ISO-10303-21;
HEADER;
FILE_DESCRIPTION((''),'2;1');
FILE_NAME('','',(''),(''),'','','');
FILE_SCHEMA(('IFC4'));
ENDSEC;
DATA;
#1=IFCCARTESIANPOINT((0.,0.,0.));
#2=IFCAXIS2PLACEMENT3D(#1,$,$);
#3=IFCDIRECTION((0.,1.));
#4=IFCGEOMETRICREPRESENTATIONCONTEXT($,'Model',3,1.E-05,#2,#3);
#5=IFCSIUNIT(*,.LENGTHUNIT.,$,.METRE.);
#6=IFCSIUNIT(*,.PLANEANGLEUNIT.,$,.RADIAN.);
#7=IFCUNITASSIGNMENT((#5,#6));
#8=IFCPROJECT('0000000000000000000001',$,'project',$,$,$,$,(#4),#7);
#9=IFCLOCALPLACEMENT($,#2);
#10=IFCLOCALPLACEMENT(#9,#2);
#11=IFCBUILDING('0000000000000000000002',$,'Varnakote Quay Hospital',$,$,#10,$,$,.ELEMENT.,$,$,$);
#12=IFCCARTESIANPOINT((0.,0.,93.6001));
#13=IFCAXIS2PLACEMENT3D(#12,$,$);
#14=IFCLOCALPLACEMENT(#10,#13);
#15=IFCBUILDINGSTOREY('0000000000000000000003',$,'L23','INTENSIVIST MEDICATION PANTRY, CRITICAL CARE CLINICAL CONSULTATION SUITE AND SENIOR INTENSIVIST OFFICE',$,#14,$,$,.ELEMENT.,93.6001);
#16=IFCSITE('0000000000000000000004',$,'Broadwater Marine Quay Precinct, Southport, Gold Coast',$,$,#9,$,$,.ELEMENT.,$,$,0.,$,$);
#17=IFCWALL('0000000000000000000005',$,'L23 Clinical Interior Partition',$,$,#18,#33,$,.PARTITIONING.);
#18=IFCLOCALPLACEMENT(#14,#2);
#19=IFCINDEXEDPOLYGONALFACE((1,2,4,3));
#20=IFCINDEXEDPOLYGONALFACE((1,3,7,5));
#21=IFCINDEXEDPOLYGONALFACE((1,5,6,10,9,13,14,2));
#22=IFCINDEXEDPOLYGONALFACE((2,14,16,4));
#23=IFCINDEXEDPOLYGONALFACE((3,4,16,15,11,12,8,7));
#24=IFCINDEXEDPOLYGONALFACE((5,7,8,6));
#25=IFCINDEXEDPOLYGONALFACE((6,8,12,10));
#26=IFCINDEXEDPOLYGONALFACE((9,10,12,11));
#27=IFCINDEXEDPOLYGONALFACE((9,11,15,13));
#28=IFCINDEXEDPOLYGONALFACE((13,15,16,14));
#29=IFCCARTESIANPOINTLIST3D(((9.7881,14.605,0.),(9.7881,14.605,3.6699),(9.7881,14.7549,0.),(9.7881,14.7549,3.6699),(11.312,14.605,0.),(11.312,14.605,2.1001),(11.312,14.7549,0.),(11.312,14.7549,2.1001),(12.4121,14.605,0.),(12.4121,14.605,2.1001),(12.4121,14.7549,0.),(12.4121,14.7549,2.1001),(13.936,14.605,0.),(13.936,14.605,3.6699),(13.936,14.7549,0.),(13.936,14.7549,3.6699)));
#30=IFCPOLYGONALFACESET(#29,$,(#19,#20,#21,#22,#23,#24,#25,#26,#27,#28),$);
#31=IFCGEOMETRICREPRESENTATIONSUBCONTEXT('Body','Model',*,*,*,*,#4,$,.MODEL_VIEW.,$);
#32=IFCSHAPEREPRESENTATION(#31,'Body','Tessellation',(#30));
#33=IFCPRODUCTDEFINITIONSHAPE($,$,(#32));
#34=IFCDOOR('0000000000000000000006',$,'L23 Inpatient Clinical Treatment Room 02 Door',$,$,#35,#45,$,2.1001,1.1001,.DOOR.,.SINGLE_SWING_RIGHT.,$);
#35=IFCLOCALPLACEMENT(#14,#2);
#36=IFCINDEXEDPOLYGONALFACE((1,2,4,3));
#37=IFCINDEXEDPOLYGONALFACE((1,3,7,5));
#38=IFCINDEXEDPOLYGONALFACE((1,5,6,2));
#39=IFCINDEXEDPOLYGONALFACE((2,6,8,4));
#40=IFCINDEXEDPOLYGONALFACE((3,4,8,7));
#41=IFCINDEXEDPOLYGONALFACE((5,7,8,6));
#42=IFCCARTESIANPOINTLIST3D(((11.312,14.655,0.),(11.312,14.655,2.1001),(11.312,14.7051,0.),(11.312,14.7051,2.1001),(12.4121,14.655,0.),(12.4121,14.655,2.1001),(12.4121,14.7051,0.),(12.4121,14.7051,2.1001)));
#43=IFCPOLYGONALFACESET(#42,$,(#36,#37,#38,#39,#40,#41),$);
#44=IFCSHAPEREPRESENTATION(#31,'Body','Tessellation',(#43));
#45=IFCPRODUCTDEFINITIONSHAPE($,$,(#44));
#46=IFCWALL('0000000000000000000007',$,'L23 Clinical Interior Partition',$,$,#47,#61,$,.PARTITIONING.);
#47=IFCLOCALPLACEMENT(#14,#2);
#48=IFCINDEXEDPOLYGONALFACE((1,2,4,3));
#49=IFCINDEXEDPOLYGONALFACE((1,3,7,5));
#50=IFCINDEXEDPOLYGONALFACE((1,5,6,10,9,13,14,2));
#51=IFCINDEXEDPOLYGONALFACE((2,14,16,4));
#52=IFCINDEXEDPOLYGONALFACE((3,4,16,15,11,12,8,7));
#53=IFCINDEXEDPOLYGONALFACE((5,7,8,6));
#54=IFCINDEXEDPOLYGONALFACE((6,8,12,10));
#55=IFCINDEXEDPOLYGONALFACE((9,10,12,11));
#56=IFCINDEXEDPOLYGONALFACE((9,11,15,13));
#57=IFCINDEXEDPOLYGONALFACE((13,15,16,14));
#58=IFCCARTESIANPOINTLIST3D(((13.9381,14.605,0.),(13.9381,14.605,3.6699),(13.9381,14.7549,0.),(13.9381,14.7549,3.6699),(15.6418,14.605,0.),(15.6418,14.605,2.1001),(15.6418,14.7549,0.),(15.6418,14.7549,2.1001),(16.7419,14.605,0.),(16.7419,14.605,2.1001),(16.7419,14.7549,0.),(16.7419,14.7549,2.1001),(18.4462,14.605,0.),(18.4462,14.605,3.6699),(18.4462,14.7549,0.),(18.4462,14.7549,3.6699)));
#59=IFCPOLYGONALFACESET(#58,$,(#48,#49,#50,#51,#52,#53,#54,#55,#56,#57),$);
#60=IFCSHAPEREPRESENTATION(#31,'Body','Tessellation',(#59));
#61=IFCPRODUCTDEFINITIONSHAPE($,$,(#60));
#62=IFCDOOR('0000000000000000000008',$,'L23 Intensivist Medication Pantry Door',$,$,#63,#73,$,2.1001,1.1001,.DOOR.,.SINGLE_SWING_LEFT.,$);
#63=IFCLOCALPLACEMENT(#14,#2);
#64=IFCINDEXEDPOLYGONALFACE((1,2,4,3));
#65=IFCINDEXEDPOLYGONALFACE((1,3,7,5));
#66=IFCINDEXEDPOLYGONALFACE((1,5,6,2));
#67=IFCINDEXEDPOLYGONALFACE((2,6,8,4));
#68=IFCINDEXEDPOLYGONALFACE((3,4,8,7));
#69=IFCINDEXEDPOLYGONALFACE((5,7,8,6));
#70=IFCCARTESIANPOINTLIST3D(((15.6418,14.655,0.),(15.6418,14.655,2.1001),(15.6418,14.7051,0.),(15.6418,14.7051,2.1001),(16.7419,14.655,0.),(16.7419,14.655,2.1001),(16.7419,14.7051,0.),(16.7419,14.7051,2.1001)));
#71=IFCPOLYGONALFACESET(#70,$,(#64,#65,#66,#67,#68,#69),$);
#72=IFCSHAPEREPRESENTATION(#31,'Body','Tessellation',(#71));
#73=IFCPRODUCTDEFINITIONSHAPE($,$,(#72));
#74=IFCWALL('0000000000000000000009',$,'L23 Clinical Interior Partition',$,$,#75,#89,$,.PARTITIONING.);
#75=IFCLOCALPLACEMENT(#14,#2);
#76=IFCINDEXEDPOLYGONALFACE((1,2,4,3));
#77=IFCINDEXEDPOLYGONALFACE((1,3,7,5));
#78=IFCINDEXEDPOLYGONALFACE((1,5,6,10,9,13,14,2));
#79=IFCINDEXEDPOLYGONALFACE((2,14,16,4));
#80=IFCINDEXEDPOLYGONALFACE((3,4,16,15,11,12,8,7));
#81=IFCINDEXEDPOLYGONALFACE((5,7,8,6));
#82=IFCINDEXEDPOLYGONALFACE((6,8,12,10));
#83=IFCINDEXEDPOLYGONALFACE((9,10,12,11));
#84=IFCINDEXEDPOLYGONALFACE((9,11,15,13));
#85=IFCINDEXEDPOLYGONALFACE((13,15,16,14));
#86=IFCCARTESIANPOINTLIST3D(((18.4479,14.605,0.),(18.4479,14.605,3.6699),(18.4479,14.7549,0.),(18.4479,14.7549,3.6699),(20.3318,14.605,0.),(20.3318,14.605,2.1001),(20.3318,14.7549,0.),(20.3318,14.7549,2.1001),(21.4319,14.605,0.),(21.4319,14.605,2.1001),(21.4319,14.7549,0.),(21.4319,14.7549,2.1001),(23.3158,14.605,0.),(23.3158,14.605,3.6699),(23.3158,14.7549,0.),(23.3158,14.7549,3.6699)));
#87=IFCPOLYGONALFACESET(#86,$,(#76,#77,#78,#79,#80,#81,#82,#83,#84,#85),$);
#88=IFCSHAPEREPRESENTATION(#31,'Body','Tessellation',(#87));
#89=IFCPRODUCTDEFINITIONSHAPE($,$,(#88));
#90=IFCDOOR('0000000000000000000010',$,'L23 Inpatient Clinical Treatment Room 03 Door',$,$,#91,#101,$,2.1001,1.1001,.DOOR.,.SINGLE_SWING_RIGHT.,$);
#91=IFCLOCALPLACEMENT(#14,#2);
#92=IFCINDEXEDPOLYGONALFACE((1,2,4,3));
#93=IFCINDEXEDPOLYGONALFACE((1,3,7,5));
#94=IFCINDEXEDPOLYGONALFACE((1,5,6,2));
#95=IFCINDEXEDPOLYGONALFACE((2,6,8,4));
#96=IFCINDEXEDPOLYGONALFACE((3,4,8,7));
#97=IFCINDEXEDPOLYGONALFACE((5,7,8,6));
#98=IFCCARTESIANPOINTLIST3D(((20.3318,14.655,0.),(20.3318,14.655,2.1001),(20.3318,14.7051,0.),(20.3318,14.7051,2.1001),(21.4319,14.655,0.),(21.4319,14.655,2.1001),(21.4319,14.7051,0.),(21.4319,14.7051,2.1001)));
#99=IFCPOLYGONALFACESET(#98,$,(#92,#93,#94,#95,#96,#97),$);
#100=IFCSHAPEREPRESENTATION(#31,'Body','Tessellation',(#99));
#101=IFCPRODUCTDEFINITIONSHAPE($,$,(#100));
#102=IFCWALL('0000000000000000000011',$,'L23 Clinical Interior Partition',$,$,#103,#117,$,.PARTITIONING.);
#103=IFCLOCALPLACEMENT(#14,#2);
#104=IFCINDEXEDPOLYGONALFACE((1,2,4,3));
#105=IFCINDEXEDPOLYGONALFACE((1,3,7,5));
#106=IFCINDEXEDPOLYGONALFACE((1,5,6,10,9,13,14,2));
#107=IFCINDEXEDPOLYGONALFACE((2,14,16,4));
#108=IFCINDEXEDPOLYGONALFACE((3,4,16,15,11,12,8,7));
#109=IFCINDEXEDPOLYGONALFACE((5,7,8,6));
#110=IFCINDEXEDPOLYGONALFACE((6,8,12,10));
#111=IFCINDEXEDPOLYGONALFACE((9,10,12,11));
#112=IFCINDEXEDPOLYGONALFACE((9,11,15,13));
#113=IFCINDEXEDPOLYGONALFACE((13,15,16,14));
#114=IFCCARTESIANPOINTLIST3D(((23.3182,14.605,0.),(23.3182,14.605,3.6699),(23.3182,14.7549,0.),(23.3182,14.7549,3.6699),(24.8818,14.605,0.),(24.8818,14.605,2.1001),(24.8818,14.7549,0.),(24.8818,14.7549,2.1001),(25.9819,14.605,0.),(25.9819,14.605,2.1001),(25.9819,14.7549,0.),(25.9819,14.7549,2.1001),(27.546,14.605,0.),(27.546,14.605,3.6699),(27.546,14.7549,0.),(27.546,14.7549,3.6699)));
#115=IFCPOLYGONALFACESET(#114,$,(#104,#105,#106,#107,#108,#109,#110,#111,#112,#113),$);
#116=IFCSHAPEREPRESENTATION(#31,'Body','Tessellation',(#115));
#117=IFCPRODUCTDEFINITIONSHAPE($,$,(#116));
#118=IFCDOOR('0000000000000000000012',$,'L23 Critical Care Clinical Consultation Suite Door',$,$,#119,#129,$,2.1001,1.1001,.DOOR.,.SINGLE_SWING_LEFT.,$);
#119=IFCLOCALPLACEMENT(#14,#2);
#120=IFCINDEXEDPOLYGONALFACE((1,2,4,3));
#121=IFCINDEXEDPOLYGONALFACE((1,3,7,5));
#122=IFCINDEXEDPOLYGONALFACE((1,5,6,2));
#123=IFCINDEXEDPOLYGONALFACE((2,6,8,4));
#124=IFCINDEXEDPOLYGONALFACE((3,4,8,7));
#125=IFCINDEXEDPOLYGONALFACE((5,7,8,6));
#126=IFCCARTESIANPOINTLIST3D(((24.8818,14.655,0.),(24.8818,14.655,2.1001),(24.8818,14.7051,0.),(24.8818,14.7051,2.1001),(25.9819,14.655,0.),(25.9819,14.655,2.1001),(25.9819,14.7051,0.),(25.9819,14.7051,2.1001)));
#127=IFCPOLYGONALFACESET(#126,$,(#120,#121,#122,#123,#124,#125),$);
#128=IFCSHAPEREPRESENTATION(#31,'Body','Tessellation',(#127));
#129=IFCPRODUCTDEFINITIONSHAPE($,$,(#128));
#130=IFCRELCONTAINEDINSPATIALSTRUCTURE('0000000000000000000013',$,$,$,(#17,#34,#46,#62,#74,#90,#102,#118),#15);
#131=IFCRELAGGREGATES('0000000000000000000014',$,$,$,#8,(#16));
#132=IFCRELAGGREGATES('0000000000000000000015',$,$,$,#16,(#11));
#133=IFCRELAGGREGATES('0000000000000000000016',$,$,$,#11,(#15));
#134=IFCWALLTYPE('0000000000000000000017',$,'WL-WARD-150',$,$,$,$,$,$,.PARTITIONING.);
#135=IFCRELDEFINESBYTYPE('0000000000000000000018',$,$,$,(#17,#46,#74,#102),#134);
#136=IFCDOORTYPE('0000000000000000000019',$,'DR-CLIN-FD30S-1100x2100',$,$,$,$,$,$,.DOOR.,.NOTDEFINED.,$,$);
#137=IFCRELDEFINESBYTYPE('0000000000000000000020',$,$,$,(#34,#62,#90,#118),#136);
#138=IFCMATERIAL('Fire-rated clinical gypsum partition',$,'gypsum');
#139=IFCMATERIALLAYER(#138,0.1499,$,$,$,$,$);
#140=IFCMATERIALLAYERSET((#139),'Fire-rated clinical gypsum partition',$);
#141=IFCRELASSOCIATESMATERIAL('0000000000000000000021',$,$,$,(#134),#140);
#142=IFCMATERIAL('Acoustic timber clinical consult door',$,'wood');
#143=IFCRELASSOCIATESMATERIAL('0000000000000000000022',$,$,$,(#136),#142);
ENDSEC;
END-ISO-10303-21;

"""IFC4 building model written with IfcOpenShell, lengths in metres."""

from ifc_helpers import new_model, si_unit, direction, frame, frame_2d, origin, place, context, subcontext, project, spatial, rectangle, extrude, material, layer, layer_set, type_object, element, fill, save


model = new_model("IFC4")

# Units and contexts
model_context = context("Model", 3, precision=1e-05, world=origin(), true_north=direction((0.0, 1.0)))
body_context = subcontext(model_context, "Body", "Model", "MODEL_VIEW")
ifc_project = project(units=[si_unit("LENGTHUNIT", "METRE"), si_unit("PLANEANGLEUNIT", "RADIAN")], contexts=[model_context])

# Site, building, storey
site_placement = place(None, origin())
site = spatial("IfcSite", under=ifc_project, at=site_placement, Name="Broadwater Marine Quay Precinct, Southport, Gold Coast", CompositionType="ELEMENT", RefElevation=0.0)
building_placement = place(site_placement, origin())
building = spatial("IfcBuilding", under=site, at=building_placement, Name="Varnakote Quay Hospital", CompositionType="ELEMENT")
storey_placement = place(building_placement, frame((0.0, 0.0, 93.6001)))
storey = spatial("IfcBuildingStorey", under=building, at=storey_placement, Name="L23", Description="INTENSIVIST MEDICATION PANTRY, CRITICAL CARE CLINICAL CONSULTATION SUITE AND SENIOR INTENSIVIST OFFICE", CompositionType="ELEMENT", Elevation=93.6001)

# Walls, openings, doors
ifc_material_1 = material(Name="Fire-rated clinical gypsum partition", Category="gypsum")
ifc_layer_1 = layer(ifc_material_1, 0.1499)
ifc_layer_set_1 = layer_set([ifc_layer_1], Name="Fire-rated clinical gypsum partition")
wall_type_1 = type_object("IfcWallType", Name="WL-WARD-150", PredefinedType="PARTITIONING", material=ifc_layer_set_1)
ifc_material_2 = material(Name="Acoustic timber clinical consult door", Category="wood")
door_type_1 = type_object("IfcDoorType", Name="DR-CLIN-FD30S-1100x2100", OperationType="NOTDEFINED", PredefinedType="DOOR", material=ifc_material_2)
wall_1_placement = place(storey_placement, frame((13.936, 14.6799, 0.0), z_axis=(0.0, 0.0, 1.0), x_axis=(-1.0, 0.0, 0.0)))
wall_1 = element("IfcWall", 1, at=wall_1_placement, inside=storey, type_object=wall_type_1, Name="L23 Clinical Interior Partition", PredefinedType="PARTITIONING", context=body_context, shape_type="SweptSolid", body=[
    extrude(rectangle(XDim=4.1479, YDim=0.1499, at=frame_2d((2.074, 0.0))), origin(), (0.0, 0.0, 1.0), 3.6699),
])
opening_1_placement = place(wall_1_placement, frame((1.5239, 0.0, 0.0)))
opening_1 = element("IfcOpeningElement", 2, at=opening_1_placement, cuts=wall_1, PredefinedType="OPENING", context=body_context, shape_type="SweptSolid", body=[
    extrude(rectangle(XDim=1.1001, YDim=2.1001, at=frame_2d((0.55, 1.05))), frame((0.0, 0.085, 0.0), z_axis=(0.0, -1.0, 0.0), x_axis=(1.0, 0.0, 0.0)), (0.0, 0.0, 1.0), 0.1699),
])
door_1_placement = place(opening_1_placement, origin())
door_1 = element("IfcDoor", 3, at=door_1_placement, inside=storey, type_object=door_type_1, Name="L23 Inpatient Clinical Treatment Room 02 Door", OperationType="SINGLE_SWING_RIGHT", OverallHeight=2.1001, OverallWidth=1.1001, PredefinedType="DOOR", context=body_context, shape_type="SweptSolid", body=[
    extrude(rectangle(XDim=1.1001, YDim=2.1001, at=frame_2d((0.55, 1.05))), frame((0.0, 0.0249, 0.0), z_axis=(0.0, -1.0, 0.0), x_axis=(1.0, 0.0, 0.0)), (0.0, 0.0, 1.0), 0.05),
])
fill(opening_1, door_1)
wall_2_placement = place(storey_placement, frame((18.446, 14.6799, 0.0), z_axis=(0.0, 0.0, 1.0), x_axis=(-1.0, 0.0, 0.0)))
wall_2 = element("IfcWall", 4, at=wall_2_placement, inside=storey, type_object=wall_type_1, Name="L23 Clinical Interior Partition", PredefinedType="PARTITIONING", context=body_context, shape_type="SweptSolid", body=[
    extrude(rectangle(XDim=4.5081, YDim=0.1499, at=frame_2d((2.2539, 0.0))), origin(), (0.0, 0.0, 1.0), 3.6699),
])
opening_2_placement = place(wall_2_placement, frame((1.7041, 0.0, 0.0)))
opening_2 = element("IfcOpeningElement", 5, at=opening_2_placement, cuts=wall_2, PredefinedType="OPENING", context=body_context, shape_type="SweptSolid", body=[
    extrude(rectangle(XDim=1.1001, YDim=2.1001, at=frame_2d((0.55, 1.05))), frame((0.0, 0.085, 0.0), z_axis=(0.0, -1.0, 0.0), x_axis=(1.0, 0.0, 0.0)), (0.0, 0.0, 1.0), 0.1699),
])
door_2_placement = place(opening_2_placement, origin())
door_2 = element("IfcDoor", 6, at=door_2_placement, inside=storey, type_object=door_type_1, Name="L23 Intensivist Medication Pantry Door", OperationType="SINGLE_SWING_LEFT", OverallHeight=2.1001, OverallWidth=1.1001, PredefinedType="DOOR", context=body_context, shape_type="SweptSolid", body=[
    extrude(rectangle(XDim=1.1001, YDim=2.1001, at=frame_2d((0.55, 1.05))), frame((0.0, 0.0249, 0.0), z_axis=(0.0, -1.0, 0.0), x_axis=(1.0, 0.0, 0.0)), (0.0, 0.0, 1.0), 0.05),
])
fill(opening_2, door_2)
wall_3_placement = place(storey_placement, frame((23.3159, 14.6799, 0.0), z_axis=(0.0, 0.0, 1.0), x_axis=(-1.0, 0.0, 0.0)))
wall_3 = element("IfcWall", 7, at=wall_3_placement, inside=storey, type_object=wall_type_1, Name="L23 Clinical Interior Partition", PredefinedType="PARTITIONING", context=body_context, shape_type="SweptSolid", body=[
    extrude(rectangle(XDim=4.8679, YDim=0.1499, at=frame_2d((2.4341, 0.0))), origin(), (0.0, 0.0, 1.0), 3.6699),
])
opening_3_placement = place(wall_3_placement, frame((1.884, 0.0, 0.0)))
opening_3 = element("IfcOpeningElement", 8, at=opening_3_placement, cuts=wall_3, PredefinedType="OPENING", context=body_context, shape_type="SweptSolid", body=[
    extrude(rectangle(XDim=1.1001, YDim=2.1001, at=frame_2d((0.55, 1.05))), frame((0.0, 0.085, 0.0), z_axis=(0.0, -1.0, 0.0), x_axis=(1.0, 0.0, 0.0)), (0.0, 0.0, 1.0), 0.1699),
])
door_3_placement = place(opening_3_placement, origin())
door_3 = element("IfcDoor", 9, at=door_3_placement, inside=storey, type_object=door_type_1, Name="L23 Inpatient Clinical Treatment Room 03 Door", OperationType="SINGLE_SWING_RIGHT", OverallHeight=2.1001, OverallWidth=1.1001, PredefinedType="DOOR", context=body_context, shape_type="SweptSolid", body=[
    extrude(rectangle(XDim=1.1001, YDim=2.1001, at=frame_2d((0.55, 1.05))), frame((0.0, 0.0249, 0.0), z_axis=(0.0, -1.0, 0.0), x_axis=(1.0, 0.0, 0.0)), (0.0, 0.0, 1.0), 0.05),
])
fill(opening_3, door_3)
wall_4_placement = place(storey_placement, frame((27.5459, 14.6799, 0.0), z_axis=(0.0, 0.0, 1.0), x_axis=(-1.0, 0.0, 0.0)))
wall_4 = element("IfcWall", 10, at=wall_4_placement, inside=storey, type_object=wall_type_1, Name="L23 Clinical Interior Partition", PredefinedType="PARTITIONING", context=body_context, shape_type="SweptSolid", body=[
    extrude(rectangle(XDim=4.2278, YDim=0.1499, at=frame_2d((2.1138, 0.0))), origin(), (0.0, 0.0, 1.0), 3.6699),
])
opening_4_placement = place(wall_4_placement, frame((1.564, 0.0, 0.0)))
opening_4 = element("IfcOpeningElement", 11, at=opening_4_placement, cuts=wall_4, PredefinedType="OPENING", context=body_context, shape_type="SweptSolid", body=[
    extrude(rectangle(XDim=1.1001, YDim=2.1001, at=frame_2d((0.55, 1.05))), frame((0.0, 0.085, 0.0), z_axis=(0.0, -1.0, 0.0), x_axis=(1.0, 0.0, 0.0)), (0.0, 0.0, 1.0), 0.1699),
])
door_4_placement = place(opening_4_placement, origin())
door_4 = element("IfcDoor", 12, at=door_4_placement, inside=storey, type_object=door_type_1, Name="L23 Critical Care Clinical Consultation Suite Door", OperationType="SINGLE_SWING_LEFT", OverallHeight=2.1001, OverallWidth=1.1001, PredefinedType="DOOR", context=body_context, shape_type="SweptSolid", body=[
    extrude(rectangle(XDim=1.1001, YDim=2.1001, at=frame_2d((0.55, 1.05))), frame((0.0, 0.0249, 0.0), z_axis=(0.0, -1.0, 0.0), x_axis=(1.0, 0.0, 0.0)), (0.0, 0.0, 1.0), 0.05),
])
fill(opening_4, door_4)

save(model, "model.ifc")
